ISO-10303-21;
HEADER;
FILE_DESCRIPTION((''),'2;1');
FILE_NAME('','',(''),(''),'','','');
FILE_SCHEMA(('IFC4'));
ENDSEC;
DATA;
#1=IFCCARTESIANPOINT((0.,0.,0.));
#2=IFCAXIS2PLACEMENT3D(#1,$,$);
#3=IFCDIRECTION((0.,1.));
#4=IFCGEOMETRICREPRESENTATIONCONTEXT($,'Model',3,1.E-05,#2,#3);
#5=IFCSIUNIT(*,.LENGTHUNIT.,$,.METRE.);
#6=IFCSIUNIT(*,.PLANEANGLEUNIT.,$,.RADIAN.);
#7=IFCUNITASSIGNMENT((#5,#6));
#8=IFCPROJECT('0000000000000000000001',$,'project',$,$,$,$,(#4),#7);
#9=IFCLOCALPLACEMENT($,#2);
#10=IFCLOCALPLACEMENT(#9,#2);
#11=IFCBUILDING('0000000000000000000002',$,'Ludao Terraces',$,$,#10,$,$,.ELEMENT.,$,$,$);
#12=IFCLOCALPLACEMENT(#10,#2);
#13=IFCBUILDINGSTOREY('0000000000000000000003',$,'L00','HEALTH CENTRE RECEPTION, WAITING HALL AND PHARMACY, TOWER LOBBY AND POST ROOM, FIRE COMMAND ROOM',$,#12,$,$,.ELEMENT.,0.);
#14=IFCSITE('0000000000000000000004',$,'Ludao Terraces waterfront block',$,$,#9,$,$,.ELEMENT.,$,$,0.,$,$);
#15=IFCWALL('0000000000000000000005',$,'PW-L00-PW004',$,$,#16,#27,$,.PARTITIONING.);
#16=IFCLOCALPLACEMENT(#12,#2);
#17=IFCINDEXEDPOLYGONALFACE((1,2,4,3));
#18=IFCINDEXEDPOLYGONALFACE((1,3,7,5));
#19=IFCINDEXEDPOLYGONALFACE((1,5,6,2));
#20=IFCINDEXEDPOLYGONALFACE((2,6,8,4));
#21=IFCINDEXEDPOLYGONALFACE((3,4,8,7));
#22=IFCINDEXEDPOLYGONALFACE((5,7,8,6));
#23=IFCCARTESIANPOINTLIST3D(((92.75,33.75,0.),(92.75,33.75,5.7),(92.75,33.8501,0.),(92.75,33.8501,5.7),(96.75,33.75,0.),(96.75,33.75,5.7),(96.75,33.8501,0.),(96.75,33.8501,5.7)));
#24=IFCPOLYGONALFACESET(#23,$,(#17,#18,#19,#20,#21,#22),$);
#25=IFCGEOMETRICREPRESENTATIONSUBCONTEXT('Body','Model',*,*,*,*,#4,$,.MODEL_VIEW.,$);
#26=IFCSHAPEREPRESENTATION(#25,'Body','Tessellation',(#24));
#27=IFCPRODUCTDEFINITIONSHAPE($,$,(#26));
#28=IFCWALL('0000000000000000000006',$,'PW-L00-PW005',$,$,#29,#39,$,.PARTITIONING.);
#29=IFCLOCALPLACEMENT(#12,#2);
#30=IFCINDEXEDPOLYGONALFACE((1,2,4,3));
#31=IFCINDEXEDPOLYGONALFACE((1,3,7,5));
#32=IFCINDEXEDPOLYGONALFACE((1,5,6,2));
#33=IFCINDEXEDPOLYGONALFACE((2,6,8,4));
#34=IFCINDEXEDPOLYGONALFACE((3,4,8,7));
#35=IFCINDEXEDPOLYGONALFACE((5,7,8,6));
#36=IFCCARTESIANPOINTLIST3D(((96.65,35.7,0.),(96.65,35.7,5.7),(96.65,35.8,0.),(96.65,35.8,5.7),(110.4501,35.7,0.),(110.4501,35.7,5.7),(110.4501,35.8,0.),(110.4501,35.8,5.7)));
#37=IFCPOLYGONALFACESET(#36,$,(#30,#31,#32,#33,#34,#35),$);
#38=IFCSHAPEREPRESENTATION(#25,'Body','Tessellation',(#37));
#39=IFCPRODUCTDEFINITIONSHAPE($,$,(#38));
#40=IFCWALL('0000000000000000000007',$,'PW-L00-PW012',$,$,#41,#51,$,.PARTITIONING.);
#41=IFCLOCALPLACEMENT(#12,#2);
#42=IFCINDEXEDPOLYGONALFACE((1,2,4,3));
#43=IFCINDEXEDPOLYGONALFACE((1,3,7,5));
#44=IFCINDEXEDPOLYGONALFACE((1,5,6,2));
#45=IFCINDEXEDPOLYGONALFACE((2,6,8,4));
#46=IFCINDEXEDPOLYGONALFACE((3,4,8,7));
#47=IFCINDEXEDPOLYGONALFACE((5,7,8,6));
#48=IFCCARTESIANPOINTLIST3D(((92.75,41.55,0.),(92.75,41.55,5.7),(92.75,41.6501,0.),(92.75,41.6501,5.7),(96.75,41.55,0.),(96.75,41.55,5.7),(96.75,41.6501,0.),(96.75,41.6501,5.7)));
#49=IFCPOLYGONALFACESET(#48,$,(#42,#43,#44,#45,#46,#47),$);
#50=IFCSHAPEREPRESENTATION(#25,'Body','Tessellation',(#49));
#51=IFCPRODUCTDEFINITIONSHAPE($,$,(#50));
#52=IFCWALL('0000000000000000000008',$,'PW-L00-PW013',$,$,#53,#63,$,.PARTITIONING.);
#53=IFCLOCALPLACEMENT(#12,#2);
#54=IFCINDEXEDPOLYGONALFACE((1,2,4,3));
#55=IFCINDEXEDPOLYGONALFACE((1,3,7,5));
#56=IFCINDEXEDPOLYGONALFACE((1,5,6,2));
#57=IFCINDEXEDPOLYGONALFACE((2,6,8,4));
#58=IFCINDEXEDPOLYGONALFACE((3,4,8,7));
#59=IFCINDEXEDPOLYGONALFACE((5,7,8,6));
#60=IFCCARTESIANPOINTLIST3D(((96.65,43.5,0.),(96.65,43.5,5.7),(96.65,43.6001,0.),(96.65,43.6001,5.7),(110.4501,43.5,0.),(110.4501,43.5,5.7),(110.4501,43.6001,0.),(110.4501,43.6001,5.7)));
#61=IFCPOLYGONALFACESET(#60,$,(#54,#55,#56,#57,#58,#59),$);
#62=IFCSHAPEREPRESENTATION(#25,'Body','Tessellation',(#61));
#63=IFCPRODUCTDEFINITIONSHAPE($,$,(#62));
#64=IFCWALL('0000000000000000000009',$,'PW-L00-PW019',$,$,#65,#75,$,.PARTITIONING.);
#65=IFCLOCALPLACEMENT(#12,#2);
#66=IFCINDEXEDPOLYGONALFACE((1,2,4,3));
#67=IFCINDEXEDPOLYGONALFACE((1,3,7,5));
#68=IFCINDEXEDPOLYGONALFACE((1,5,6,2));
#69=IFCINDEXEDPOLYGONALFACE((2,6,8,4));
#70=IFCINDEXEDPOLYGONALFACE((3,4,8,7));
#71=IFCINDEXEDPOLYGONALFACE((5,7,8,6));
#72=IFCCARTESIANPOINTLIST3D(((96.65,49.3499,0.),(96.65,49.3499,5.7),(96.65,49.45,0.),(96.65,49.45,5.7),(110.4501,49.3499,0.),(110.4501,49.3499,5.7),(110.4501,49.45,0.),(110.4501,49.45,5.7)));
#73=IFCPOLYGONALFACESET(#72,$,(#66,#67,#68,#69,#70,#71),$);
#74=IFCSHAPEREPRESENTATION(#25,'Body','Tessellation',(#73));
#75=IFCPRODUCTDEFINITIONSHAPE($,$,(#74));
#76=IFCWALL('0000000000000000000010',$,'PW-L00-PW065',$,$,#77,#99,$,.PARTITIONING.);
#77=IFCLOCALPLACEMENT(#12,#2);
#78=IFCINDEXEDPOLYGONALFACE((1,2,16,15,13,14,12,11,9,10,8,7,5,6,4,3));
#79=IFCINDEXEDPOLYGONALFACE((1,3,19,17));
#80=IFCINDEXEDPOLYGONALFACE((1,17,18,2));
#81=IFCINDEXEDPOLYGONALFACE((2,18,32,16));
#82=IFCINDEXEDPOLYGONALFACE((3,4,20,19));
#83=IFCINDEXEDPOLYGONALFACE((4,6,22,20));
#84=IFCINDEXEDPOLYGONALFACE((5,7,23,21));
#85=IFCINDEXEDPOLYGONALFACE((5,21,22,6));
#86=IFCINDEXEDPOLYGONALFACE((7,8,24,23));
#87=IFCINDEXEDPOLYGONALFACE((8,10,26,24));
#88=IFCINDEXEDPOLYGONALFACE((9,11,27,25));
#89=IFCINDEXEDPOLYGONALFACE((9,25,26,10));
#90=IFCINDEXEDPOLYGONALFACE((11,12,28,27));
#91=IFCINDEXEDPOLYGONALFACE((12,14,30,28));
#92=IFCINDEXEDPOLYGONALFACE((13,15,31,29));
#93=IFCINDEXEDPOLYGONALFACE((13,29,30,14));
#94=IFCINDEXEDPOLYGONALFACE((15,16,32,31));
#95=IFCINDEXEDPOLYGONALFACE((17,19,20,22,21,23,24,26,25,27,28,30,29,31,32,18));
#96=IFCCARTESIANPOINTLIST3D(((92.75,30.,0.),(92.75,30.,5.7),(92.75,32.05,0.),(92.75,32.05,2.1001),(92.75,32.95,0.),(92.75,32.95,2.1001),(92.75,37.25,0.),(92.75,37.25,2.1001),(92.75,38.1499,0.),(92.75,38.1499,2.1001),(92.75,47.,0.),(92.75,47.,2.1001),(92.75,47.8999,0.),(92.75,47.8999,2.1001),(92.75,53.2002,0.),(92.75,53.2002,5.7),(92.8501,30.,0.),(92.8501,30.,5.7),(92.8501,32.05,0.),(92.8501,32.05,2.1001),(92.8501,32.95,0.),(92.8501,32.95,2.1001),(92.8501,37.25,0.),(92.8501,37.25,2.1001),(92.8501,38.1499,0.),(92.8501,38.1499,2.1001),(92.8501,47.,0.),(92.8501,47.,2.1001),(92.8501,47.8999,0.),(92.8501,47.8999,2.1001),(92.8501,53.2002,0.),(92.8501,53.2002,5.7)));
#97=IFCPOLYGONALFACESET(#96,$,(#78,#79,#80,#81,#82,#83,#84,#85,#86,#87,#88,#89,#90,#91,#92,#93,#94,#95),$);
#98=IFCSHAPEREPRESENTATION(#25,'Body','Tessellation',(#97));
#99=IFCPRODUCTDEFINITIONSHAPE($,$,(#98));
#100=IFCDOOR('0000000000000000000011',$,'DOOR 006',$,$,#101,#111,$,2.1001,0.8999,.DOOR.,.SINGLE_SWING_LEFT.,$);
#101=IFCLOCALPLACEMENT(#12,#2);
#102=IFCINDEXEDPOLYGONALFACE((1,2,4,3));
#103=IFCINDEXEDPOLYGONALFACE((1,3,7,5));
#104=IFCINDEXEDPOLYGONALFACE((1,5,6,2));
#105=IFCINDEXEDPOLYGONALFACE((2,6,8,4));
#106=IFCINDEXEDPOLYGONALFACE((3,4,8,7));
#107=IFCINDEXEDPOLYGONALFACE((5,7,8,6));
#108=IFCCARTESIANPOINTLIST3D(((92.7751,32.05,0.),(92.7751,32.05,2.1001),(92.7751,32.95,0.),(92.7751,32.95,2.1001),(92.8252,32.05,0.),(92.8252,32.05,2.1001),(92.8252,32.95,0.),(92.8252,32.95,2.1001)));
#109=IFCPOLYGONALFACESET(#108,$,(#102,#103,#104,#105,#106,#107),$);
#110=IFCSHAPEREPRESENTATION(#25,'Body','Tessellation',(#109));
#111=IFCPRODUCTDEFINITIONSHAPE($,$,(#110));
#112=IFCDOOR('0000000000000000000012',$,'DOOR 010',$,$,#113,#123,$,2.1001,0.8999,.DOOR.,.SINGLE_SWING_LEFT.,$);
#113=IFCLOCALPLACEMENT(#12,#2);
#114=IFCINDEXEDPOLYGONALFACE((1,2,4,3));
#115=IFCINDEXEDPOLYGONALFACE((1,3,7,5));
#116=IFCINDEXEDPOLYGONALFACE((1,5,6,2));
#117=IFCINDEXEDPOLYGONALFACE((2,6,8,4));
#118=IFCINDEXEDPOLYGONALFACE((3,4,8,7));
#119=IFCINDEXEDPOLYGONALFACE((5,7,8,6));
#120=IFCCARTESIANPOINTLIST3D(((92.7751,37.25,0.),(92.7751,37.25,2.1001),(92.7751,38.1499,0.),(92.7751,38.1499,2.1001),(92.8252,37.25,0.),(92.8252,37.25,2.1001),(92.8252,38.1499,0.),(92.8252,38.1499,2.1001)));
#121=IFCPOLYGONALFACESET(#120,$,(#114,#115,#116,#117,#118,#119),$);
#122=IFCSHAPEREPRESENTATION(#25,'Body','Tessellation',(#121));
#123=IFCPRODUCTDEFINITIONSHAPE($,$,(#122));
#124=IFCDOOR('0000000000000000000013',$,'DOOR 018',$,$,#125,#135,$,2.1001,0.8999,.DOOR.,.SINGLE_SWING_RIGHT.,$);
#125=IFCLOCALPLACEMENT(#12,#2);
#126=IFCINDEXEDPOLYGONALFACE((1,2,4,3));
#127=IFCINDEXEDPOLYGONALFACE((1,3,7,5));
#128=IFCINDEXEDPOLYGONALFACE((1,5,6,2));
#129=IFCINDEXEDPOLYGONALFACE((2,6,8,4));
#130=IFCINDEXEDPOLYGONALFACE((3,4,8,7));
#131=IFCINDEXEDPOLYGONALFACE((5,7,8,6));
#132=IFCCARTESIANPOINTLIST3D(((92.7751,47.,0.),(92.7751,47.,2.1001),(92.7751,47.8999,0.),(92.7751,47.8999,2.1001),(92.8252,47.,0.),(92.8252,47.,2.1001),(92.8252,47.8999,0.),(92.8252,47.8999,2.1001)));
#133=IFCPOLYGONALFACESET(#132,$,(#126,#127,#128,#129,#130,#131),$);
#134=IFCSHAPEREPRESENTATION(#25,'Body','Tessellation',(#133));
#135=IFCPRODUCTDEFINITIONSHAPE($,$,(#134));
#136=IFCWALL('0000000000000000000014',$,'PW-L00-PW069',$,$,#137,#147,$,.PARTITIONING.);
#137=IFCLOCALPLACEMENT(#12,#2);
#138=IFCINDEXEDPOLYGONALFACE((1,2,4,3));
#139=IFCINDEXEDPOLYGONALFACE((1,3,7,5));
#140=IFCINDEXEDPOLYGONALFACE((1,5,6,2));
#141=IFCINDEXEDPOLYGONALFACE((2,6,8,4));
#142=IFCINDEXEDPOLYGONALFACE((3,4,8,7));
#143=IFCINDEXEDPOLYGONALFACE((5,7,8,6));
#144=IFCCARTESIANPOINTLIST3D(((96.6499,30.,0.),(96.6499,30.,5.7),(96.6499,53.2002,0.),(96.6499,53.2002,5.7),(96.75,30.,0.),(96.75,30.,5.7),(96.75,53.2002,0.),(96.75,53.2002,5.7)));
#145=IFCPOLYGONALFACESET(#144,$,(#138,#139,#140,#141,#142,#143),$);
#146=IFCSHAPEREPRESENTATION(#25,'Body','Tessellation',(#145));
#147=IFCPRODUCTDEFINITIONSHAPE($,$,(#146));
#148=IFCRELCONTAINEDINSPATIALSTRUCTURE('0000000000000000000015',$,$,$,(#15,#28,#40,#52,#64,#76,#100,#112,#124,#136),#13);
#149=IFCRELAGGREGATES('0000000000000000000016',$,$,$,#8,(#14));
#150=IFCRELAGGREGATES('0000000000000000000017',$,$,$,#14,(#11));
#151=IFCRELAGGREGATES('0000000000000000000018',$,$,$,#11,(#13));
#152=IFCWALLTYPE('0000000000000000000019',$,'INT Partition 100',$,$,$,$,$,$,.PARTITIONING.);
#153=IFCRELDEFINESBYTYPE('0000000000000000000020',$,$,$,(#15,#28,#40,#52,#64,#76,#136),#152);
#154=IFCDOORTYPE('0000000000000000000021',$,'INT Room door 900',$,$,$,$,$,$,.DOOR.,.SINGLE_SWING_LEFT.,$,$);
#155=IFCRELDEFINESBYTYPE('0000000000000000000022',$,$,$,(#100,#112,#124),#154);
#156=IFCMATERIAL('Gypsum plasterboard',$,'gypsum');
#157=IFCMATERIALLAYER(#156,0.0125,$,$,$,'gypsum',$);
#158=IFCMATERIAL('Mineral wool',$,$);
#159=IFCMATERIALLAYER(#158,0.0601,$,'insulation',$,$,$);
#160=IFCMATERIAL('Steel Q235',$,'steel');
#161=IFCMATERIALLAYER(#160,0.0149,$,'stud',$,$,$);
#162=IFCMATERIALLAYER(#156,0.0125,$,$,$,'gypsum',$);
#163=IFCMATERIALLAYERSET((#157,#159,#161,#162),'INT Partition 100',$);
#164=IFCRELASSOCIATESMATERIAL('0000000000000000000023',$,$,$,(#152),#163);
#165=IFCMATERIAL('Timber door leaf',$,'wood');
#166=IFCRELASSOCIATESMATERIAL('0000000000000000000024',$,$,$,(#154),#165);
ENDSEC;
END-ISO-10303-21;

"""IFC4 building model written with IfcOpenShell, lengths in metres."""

from ifc_helpers import new_model, si_unit, direction, frame, frame_2d, origin, place, context, subcontext, project, spatial, rectangle, extrude, material, layer, layer_set, type_object, element, fill, save


model = new_model("IFC4")

# Units and contexts
model_context = context("Model", 3, precision=1e-05, world=origin(), true_north=direction((0.0, 1.0)))
body_context = subcontext(model_context, "Body", "Model", "MODEL_VIEW")
ifc_project = project(units=[si_unit("LENGTHUNIT", "METRE"), si_unit("PLANEANGLEUNIT", "RADIAN")], contexts=[model_context])

# Site, building, storey
site_placement = place(None, origin())
site = spatial("IfcSite", under=ifc_project, at=site_placement, Name="Ludao Terraces waterfront block", CompositionType="ELEMENT", RefElevation=0.0)
building_placement = place(site_placement, origin())
building = spatial("IfcBuilding", under=site, at=building_placement, Name="Ludao Terraces", CompositionType="ELEMENT")
storey_placement = place(building_placement, origin())
storey = spatial("IfcBuildingStorey", under=building, at=storey_placement, Name="L00", Description="HEALTH CENTRE RECEPTION, WAITING HALL AND PHARMACY, TOWER LOBBY AND POST ROOM, FIRE COMMAND ROOM", CompositionType="ELEMENT", Elevation=0.0)

# Shared definitions
ifc_material_1 = material(Name="Steel Q235", Category="steel")

# Walls
ifc_material_2 = material(Name="Gypsum plasterboard", Category="gypsum")
ifc_layer_1 = layer(ifc_material_2, 0.0125, Category="gypsum")
ifc_material_3 = material(Name="Mineral wool")
ifc_layer_2 = layer(ifc_material_3, 0.0601, Name="insulation")
ifc_layer_3 = layer(ifc_material_1, 0.0149, Name="stud")
ifc_layer_4 = layer(ifc_material_2, 0.0125, Category="gypsum")
ifc_layer_set_1 = layer_set([ifc_layer_1, ifc_layer_2, ifc_layer_3, ifc_layer_4], Name="INT Partition 100")
wall_type_1 = type_object("IfcWallType", Name="INT Partition 100", PredefinedType="PARTITIONING", material=ifc_layer_set_1)
wall_1_placement = place(storey_placement, frame((92.75, 33.8, 0.0), z_axis=(0.0, 0.0, 1.0), x_axis=(1.0, 0.0, 0.0)))
element("IfcWall", 1, at=wall_1_placement, inside=storey, type_object=wall_type_1, Name="PW-L00-PW004", PredefinedType="PARTITIONING", context=body_context, shape_type="SweptSolid", body=[
    extrude(rectangle(XDim=4.0, YDim=0.1001, at=frame_2d((2.0, 0.0))), origin(), (0.0, 0.0, 1.0), 5.7),
])
wall_2_placement = place(storey_placement, frame((96.6501, 35.75, 0.0), z_axis=(0.0, 0.0, 1.0), x_axis=(1.0, 0.0, 0.0)))
element("IfcWall", 2, at=wall_2_placement, inside=storey, type_object=wall_type_1, Name="PW-L00-PW005", PredefinedType="PARTITIONING", context=body_context, shape_type="SweptSolid", body=[
    extrude(rectangle(XDim=13.8, YDim=0.1001, at=frame_2d((6.8999, 0.0))), origin(), (0.0, 0.0, 1.0), 5.7),
])
wall_3_placement = place(storey_placement, frame((92.75, 41.6001, 0.0), z_axis=(0.0, 0.0, 1.0), x_axis=(1.0, 0.0, 0.0)))
element("IfcWall", 3, at=wall_3_placement, inside=storey, type_object=wall_type_1, Name="PW-L00-PW012", PredefinedType="PARTITIONING", context=body_context, shape_type="SweptSolid", body=[
    extrude(rectangle(XDim=4.0, YDim=0.1001, at=frame_2d((2.0, 0.0))), origin(), (0.0, 0.0, 1.0), 5.7),
])
for number, where, z_axis, x_axis, name in (
    (4, (96.6501, 43.55, 0.0), (0.0, 0.0, 1.0), (1.0, 0.0, 0.0), "PW-L00-PW013"),
    (5, (96.6501, 49.3999, 0.0), (0.0, 0.0, 1.0), (1.0, 0.0, 0.0), "PW-L00-PW019"),
):
    element("IfcWall", number, at=place(storey_placement, frame(where, z_axis=z_axis, x_axis=x_axis)), inside=storey, type_object=wall_type_1, Name=name, PredefinedType="PARTITIONING", context=body_context, shape_type="SweptSolid", body=[
        extrude(rectangle(XDim=13.8, YDim=0.1001, at=frame_2d((6.8999, 0.0))), origin(), (0.0, 0.0, 1.0), 5.7),
    ])

# Wall, openings, doors
wall_4_placement = place(storey_placement, frame((92.8, 30.0, 0.0), z_axis=(0.0, 0.0, 1.0), x_axis=(0.0, 1.0, 0.0)))
wall_4 = element("IfcWall", 6, at=wall_4_placement, inside=storey, type_object=wall_type_1, Name="PW-L00-PW065", PredefinedType="PARTITIONING", context=body_context, shape_type="SweptSolid", body=[
    extrude(rectangle(XDim=23.2002, YDim=0.1001, at=frame_2d((11.6001, 0.0))), origin(), (0.0, 0.0, 1.0), 5.7),
])
opening_1_placement = place(wall_4_placement, frame((2.05, 0.0, 0.0)))
opening_1 = element("IfcOpeningElement", 7, at=opening_1_placement, cuts=wall_4, PredefinedType="OPENING", context=body_context, shape_type="SweptSolid", body=[
    extrude(rectangle(XDim=0.8999, YDim=2.1001, at=frame_2d((0.45, 1.05))), frame((0.0, 0.0601, 0.0), z_axis=(0.0, -1.0, 0.0), x_axis=(1.0, 0.0, 0.0)), (0.0, 0.0, 1.0), 0.1201),
])
opening_2_placement = place(wall_4_placement, frame((7.25, 0.0, 0.0)))
opening_2 = element("IfcOpeningElement", 8, at=opening_2_placement, cuts=wall_4, PredefinedType="OPENING", context=body_context, shape_type="SweptSolid", body=[
    extrude(rectangle(XDim=0.8999, YDim=2.1001, at=frame_2d((0.45, 1.05))), frame((0.0, 0.0601, 0.0), z_axis=(0.0, -1.0, 0.0), x_axis=(1.0, 0.0, 0.0)), (0.0, 0.0, 1.0), 0.1201),
])
opening_3_placement = place(wall_4_placement, frame((17.0, 0.0, 0.0)))
opening_3 = element("IfcOpeningElement", 9, at=opening_3_placement, cuts=wall_4, PredefinedType="OPENING", context=body_context, shape_type="SweptSolid", body=[
    extrude(rectangle(XDim=0.8999, YDim=2.1001, at=frame_2d((0.45, 1.05))), frame((0.0, 0.0601, 0.0), z_axis=(0.0, -1.0, 0.0), x_axis=(1.0, 0.0, 0.0)), (0.0, 0.0, 1.0), 0.1201),
])
ifc_material_4 = material(Name="Timber door leaf", Category="wood")
door_type_1 = type_object("IfcDoorType", Name="INT Room door 900", OperationType="SINGLE_SWING_LEFT", PredefinedType="DOOR", material=ifc_material_4)
door_1_placement = place(opening_1_placement, origin())
door_1 = element("IfcDoor", 10, at=door_1_placement, inside=storey, type_object=door_type_1, Name="DOOR 006", OperationType="SINGLE_SWING_LEFT", OverallHeight=2.1001, OverallWidth=0.8999, PredefinedType="DOOR", context=body_context, shape_type="SweptSolid", body=[
    extrude(rectangle(XDim=0.8999, YDim=2.1001, at=frame_2d((0.45, 1.05))), frame((0.0, 0.0249, 0.0), z_axis=(0.0, -1.0, 0.0), x_axis=(1.0, 0.0, 0.0)), (0.0, 0.0, 1.0), 0.05),
])
fill(opening_1, door_1)
door_2_placement = place(opening_2_placement, origin())
door_2 = element("IfcDoor", 11, at=door_2_placement, inside=storey, type_object=door_type_1, Name="DOOR 010", OperationType="SINGLE_SWING_LEFT", OverallHeight=2.1001, OverallWidth=0.8999, PredefinedType="DOOR", context=body_context, shape_type="SweptSolid", body=[
    extrude(rectangle(XDim=0.8999, YDim=2.1001, at=frame_2d((0.45, 1.05))), frame((0.0, 0.0249, 0.0), z_axis=(0.0, -1.0, 0.0), x_axis=(1.0, 0.0, 0.0)), (0.0, 0.0, 1.0), 0.05),
])
fill(opening_2, door_2)
door_3_placement = place(opening_3_placement, origin())
door_3 = element("IfcDoor", 12, at=door_3_placement, inside=storey, type_object=door_type_1, Name="DOOR 018", OperationType="SINGLE_SWING_RIGHT", OverallHeight=2.1001, OverallWidth=0.8999, PredefinedType="DOOR", context=body_context, shape_type="SweptSolid", body=[
    extrude(rectangle(XDim=0.8999, YDim=2.1001, at=frame_2d((0.45, 1.05))), frame((0.0, 0.0249, 0.0), z_axis=(0.0, -1.0, 0.0), x_axis=(1.0, 0.0, 0.0)), (0.0, 0.0, 1.0), 0.05),
])
fill(opening_3, door_3)

# Wall
wall_5_placement = place(storey_placement, frame((96.7, 30.0, 0.0), z_axis=(0.0, 0.0, 1.0), x_axis=(0.0, 1.0, 0.0)))
element("IfcWall", 13, at=wall_5_placement, inside=storey, type_object=wall_type_1, Name="PW-L00-PW069", PredefinedType="PARTITIONING", context=body_context, shape_type="SweptSolid", body=[
    extrude(rectangle(XDim=23.2002, YDim=0.1001, at=frame_2d((11.6001, 0.0))), origin(), (0.0, 0.0, 1.0), 5.7),
])

save(model, "model.ifc")
